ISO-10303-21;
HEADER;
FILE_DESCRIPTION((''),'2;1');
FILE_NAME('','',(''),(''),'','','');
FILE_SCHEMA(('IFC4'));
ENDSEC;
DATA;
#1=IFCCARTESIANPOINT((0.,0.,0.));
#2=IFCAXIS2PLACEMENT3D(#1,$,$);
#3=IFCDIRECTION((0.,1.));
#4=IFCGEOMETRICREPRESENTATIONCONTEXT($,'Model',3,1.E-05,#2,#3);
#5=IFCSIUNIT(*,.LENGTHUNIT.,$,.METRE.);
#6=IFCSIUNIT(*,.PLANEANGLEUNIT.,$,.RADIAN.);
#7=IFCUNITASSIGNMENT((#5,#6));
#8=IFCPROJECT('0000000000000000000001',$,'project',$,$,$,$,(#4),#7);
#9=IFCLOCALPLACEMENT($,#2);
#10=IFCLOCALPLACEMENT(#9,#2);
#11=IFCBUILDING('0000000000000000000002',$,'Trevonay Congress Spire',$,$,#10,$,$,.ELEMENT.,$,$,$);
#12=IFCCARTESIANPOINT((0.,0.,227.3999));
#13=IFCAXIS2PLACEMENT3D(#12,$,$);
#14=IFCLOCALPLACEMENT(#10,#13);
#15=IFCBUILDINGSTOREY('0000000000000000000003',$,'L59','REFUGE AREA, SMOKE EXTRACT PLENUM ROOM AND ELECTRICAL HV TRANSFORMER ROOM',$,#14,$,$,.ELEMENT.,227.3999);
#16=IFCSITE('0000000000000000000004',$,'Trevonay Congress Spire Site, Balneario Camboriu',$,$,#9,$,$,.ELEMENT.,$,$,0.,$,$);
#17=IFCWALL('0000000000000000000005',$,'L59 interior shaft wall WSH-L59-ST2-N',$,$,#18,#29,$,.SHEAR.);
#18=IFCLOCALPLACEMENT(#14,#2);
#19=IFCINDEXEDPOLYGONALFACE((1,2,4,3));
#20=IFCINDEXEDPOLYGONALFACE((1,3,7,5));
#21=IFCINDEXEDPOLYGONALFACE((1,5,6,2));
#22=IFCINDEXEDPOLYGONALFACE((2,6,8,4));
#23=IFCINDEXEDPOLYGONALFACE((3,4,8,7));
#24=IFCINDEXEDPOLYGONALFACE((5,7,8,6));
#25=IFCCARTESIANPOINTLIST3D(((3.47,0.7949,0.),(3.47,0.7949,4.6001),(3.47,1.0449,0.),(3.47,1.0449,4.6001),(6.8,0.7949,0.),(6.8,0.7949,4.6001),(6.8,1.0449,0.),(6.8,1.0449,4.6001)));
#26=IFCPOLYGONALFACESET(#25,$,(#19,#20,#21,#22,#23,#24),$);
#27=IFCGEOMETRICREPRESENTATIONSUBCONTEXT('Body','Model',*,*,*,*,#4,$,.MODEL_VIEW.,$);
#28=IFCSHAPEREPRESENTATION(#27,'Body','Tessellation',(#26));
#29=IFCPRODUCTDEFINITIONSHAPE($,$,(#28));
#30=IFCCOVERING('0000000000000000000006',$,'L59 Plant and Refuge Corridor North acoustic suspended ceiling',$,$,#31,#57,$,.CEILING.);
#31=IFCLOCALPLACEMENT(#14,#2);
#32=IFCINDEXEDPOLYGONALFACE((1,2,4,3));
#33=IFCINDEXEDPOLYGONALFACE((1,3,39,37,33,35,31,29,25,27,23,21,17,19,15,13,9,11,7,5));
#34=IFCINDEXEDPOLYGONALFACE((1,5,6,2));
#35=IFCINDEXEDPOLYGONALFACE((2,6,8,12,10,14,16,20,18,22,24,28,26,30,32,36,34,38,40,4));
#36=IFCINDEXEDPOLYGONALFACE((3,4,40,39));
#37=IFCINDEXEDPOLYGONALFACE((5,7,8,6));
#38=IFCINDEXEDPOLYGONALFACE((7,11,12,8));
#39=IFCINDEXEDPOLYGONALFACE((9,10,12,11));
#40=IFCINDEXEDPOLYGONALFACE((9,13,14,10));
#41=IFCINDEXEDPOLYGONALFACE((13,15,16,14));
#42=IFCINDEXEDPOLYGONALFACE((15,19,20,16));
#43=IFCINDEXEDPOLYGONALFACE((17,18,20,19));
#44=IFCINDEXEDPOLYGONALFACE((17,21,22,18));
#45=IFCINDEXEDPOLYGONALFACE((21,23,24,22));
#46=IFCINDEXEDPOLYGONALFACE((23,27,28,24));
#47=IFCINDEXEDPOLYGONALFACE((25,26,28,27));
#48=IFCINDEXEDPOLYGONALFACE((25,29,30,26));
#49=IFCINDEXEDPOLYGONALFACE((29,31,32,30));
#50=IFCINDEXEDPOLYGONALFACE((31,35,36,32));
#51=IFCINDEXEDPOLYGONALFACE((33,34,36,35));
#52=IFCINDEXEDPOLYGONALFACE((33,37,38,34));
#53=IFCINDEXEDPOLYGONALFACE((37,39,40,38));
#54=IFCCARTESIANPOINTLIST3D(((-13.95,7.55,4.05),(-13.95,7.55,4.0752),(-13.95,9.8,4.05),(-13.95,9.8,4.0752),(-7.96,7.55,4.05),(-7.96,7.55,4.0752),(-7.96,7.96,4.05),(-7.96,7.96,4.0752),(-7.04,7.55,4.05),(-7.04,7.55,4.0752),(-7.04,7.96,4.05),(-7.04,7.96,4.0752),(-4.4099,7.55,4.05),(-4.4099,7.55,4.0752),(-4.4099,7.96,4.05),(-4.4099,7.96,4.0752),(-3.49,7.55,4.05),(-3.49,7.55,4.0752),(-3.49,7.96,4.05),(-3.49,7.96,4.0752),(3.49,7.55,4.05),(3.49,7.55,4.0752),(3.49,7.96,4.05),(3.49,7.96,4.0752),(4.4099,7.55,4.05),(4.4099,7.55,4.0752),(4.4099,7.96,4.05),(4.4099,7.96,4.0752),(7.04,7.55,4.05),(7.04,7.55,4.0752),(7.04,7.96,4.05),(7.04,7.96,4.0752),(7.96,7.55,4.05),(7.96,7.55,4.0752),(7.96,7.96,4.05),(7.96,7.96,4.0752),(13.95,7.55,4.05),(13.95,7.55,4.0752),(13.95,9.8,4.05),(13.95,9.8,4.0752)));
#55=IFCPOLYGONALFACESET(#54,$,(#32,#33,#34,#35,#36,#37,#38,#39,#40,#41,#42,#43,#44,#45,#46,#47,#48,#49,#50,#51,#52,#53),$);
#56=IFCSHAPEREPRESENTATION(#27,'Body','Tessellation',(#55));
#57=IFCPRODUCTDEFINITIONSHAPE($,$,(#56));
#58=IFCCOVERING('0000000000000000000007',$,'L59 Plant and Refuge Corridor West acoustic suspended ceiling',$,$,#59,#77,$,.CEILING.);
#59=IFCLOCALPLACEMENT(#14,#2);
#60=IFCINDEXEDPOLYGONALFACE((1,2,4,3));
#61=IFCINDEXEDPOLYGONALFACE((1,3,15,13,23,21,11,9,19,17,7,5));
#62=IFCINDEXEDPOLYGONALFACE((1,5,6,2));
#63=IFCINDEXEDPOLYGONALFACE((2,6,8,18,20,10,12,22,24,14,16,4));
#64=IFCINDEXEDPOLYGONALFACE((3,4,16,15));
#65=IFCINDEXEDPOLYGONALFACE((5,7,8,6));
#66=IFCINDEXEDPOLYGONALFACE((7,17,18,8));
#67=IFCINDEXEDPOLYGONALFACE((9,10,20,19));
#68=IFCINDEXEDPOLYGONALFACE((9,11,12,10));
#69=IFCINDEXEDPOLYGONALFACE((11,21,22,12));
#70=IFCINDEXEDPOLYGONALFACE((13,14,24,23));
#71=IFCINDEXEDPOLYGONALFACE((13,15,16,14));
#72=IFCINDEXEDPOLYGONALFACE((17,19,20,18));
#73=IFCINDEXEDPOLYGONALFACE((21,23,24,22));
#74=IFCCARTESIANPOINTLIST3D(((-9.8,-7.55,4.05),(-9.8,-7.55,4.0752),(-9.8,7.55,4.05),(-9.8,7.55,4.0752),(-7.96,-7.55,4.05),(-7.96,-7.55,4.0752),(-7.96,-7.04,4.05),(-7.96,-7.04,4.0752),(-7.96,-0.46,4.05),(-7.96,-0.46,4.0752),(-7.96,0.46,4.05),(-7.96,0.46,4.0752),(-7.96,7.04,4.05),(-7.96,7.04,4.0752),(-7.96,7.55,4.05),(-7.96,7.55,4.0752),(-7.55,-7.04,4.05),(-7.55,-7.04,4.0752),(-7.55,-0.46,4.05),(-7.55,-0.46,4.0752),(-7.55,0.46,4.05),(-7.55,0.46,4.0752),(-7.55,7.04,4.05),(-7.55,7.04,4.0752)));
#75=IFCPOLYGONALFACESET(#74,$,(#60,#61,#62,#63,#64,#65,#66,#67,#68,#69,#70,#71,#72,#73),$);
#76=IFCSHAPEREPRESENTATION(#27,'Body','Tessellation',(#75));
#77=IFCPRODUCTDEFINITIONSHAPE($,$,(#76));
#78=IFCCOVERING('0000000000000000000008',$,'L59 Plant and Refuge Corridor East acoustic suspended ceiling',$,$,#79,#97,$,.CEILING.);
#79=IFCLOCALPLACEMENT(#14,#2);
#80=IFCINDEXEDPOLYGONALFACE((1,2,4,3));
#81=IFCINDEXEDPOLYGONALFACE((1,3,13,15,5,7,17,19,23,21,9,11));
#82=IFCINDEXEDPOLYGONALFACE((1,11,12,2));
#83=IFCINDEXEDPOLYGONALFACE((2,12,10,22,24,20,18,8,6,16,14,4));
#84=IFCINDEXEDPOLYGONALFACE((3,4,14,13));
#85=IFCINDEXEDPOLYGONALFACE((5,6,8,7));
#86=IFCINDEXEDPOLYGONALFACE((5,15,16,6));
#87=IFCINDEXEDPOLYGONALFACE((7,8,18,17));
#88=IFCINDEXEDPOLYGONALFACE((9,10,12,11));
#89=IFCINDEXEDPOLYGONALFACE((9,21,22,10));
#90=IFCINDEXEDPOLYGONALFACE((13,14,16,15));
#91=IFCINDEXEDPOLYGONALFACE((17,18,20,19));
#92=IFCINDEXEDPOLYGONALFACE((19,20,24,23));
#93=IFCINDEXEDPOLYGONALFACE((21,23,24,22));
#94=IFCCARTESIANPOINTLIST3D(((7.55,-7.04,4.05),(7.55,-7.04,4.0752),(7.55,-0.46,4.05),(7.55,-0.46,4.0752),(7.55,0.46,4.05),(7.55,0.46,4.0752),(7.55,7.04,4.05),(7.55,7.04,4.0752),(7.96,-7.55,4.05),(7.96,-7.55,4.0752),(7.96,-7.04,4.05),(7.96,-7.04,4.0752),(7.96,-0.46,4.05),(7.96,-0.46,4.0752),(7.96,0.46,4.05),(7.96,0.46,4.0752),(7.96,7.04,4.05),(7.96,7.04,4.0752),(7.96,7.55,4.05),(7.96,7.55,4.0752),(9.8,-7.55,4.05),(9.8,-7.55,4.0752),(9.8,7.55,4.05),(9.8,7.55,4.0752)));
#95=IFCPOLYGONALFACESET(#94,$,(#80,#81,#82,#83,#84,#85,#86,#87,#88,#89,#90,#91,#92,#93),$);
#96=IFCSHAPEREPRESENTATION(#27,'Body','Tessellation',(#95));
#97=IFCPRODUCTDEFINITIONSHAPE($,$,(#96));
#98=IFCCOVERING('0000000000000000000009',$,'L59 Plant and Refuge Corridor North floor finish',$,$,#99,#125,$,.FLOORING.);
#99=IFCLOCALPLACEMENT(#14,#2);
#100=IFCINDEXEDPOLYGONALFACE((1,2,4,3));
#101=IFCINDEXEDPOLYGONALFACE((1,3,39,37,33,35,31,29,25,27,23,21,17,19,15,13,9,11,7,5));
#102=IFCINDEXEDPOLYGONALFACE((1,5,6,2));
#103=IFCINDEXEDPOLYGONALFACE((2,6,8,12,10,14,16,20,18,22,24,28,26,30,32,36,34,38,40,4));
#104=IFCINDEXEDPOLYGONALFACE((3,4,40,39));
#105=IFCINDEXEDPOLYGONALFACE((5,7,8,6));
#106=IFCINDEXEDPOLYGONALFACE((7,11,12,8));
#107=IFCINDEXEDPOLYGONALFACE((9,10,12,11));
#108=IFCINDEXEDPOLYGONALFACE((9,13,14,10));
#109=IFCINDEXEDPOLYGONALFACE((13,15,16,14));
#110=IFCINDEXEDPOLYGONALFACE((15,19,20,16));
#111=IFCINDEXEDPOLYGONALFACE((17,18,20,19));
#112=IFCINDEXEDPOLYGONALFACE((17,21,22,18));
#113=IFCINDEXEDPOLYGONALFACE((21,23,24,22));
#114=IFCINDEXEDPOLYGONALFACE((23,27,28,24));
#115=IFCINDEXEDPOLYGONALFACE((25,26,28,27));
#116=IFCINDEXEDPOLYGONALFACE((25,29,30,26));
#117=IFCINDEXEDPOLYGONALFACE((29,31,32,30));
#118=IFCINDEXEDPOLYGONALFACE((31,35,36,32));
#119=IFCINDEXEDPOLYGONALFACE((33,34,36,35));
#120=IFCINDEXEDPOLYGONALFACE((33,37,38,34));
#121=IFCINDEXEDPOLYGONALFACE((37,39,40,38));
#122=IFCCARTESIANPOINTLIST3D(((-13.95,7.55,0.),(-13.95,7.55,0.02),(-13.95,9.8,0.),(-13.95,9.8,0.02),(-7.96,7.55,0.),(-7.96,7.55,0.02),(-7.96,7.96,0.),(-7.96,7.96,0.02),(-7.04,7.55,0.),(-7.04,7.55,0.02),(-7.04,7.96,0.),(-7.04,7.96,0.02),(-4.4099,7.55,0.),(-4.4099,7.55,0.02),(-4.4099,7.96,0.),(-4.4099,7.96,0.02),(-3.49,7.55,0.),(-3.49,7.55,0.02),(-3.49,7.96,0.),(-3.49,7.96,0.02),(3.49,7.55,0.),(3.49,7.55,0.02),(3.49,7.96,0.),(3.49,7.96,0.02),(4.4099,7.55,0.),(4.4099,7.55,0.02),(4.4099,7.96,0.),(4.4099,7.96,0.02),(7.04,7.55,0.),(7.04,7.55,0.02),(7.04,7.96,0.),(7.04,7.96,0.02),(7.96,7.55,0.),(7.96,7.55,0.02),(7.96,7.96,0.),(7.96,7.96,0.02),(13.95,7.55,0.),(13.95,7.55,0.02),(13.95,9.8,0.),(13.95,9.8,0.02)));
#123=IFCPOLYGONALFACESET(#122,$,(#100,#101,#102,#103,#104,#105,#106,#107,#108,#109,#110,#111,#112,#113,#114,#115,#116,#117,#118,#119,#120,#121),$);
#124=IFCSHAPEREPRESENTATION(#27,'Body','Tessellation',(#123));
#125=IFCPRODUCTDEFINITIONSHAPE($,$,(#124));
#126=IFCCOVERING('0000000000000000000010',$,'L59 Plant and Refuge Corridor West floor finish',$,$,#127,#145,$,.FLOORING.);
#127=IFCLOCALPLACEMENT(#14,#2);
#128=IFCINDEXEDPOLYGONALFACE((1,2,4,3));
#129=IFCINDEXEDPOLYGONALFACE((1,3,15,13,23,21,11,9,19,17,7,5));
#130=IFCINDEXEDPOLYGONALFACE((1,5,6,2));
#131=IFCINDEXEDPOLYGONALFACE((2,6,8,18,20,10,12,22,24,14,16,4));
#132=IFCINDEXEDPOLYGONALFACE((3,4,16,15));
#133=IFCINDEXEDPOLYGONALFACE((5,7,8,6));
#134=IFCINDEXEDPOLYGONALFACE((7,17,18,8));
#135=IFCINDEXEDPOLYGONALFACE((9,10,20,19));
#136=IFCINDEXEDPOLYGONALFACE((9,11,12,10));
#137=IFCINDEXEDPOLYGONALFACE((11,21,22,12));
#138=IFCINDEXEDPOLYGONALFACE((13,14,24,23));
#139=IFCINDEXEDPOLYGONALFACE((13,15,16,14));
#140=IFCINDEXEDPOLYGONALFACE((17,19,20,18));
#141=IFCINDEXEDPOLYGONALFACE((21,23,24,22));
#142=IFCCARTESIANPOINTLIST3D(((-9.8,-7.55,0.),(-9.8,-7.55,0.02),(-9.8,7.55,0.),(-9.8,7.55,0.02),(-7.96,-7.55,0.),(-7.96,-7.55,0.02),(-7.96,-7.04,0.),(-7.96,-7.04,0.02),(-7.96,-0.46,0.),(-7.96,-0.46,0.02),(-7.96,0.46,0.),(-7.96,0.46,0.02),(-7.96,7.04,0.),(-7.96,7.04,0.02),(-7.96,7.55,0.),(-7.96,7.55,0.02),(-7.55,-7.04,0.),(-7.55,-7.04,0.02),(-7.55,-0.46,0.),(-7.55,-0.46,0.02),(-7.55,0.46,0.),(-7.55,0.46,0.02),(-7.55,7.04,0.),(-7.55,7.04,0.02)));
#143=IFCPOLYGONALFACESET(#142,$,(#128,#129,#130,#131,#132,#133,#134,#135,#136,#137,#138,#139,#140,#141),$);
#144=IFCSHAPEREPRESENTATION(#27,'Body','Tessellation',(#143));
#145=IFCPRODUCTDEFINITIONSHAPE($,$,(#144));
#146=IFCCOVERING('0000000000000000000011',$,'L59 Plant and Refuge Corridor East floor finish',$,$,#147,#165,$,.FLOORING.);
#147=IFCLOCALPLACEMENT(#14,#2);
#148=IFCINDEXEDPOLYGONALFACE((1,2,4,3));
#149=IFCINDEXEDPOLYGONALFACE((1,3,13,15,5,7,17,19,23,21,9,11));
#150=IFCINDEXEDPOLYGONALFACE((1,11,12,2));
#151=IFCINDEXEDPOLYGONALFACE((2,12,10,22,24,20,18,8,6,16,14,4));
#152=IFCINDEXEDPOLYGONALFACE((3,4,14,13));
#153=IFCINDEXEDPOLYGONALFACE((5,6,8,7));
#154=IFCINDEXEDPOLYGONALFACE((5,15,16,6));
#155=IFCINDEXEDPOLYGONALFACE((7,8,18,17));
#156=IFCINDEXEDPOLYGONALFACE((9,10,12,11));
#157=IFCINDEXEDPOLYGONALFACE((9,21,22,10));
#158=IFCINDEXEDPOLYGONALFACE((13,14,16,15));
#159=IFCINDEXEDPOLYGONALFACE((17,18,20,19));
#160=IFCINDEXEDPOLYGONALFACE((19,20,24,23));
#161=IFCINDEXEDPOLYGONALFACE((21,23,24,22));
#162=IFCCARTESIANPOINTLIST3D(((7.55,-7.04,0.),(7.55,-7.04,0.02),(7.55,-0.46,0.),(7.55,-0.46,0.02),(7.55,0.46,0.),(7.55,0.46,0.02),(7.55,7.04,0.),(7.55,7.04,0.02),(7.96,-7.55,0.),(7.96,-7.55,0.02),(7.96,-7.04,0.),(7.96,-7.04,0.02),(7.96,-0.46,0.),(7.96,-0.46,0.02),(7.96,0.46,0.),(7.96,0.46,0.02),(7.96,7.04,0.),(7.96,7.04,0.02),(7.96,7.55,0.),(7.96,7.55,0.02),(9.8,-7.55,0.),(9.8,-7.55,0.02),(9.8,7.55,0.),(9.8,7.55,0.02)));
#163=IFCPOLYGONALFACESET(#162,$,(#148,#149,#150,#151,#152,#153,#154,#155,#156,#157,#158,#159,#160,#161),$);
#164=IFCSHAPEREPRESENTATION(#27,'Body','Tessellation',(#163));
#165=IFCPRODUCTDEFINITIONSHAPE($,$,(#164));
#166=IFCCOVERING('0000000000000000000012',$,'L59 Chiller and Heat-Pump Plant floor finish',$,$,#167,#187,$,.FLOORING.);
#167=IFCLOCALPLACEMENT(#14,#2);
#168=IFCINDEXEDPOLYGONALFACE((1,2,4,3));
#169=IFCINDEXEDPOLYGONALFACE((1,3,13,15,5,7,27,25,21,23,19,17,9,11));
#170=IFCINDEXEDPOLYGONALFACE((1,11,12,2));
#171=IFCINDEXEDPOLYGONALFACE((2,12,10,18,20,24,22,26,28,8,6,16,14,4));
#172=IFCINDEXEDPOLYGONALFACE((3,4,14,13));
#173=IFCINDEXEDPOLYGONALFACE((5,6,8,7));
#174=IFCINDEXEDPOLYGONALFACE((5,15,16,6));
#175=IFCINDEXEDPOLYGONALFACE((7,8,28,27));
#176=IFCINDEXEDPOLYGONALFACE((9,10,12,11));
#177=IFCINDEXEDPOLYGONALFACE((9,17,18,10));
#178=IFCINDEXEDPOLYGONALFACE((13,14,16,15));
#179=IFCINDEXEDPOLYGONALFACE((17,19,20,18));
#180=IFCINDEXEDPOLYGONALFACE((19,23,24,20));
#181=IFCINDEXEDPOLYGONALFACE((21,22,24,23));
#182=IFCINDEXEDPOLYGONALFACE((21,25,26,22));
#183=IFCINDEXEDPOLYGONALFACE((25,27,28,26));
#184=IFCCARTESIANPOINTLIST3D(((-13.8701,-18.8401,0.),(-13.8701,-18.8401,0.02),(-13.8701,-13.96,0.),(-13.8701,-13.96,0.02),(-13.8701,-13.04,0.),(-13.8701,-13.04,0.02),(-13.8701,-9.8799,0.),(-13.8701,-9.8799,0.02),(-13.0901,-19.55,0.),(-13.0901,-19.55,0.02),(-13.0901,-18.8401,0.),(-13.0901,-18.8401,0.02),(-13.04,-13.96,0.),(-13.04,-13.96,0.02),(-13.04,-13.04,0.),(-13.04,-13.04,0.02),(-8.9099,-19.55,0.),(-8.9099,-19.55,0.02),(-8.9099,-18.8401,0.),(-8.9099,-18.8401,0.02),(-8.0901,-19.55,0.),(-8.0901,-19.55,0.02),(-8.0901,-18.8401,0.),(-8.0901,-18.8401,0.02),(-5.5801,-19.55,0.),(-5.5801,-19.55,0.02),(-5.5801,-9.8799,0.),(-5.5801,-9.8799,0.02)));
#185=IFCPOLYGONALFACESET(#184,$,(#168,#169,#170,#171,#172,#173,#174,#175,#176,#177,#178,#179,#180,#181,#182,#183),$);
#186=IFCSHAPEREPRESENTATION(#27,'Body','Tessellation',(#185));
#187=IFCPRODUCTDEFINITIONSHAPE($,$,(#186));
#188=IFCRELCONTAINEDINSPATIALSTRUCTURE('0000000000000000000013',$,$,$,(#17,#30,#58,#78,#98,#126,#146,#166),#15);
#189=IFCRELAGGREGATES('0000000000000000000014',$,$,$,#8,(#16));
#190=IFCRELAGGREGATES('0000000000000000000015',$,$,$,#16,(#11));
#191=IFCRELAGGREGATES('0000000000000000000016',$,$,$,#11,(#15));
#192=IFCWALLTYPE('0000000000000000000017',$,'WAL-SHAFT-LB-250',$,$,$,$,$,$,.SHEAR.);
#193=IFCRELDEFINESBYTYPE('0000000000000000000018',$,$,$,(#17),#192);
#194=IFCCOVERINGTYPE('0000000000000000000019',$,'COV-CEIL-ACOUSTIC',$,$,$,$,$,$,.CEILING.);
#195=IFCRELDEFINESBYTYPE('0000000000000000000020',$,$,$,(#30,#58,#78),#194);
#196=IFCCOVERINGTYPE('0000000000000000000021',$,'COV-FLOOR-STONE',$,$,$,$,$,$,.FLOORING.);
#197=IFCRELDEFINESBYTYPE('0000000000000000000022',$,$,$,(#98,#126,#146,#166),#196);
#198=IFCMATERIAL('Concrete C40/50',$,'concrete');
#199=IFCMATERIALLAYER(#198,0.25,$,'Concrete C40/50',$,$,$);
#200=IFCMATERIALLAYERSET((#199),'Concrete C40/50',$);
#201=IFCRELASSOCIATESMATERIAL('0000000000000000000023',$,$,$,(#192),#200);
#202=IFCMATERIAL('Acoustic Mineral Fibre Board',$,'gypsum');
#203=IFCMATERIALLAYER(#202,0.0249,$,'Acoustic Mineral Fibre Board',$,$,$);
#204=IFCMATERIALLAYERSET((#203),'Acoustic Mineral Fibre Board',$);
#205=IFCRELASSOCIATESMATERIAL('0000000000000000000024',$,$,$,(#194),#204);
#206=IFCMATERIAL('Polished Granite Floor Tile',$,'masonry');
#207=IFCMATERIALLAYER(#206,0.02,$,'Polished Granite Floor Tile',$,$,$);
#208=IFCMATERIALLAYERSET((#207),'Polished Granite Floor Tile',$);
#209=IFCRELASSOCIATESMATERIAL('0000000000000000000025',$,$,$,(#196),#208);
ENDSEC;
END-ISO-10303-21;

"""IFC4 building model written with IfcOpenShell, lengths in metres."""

from ifc_helpers import new_model, si_unit, direction, frame, frame_2d, origin, place, context, subcontext, project, spatial, polyline, rectangle, outline, extrude, material, layer, layer_set, type_object, element, save


model = new_model("IFC4")

# Units and contexts
model_context = context("Model", 3, precision=1e-05, world=origin(), true_north=direction((0.0, 1.0)))
body_context = subcontext(model_context, "Body", "Model", "MODEL_VIEW")
ifc_project = project(units=[si_unit("LENGTHUNIT", "METRE"), si_unit("PLANEANGLEUNIT", "RADIAN")], contexts=[model_context])

# Site, building, storey
site_placement = place(None, origin())
site = spatial("IfcSite", under=ifc_project, at=site_placement, Name="Trevonay Congress Spire Site, Balneario Camboriu", CompositionType="ELEMENT", RefElevation=0.0)
building_placement = place(site_placement, origin())
building = spatial("IfcBuilding", under=site, at=building_placement, Name="Trevonay Congress Spire", CompositionType="ELEMENT")
storey_placement = place(building_placement, frame((0.0, 0.0, 227.3999)))
storey = spatial("IfcBuildingStorey", under=building, at=storey_placement, Name="L59", Description="REFUGE AREA, SMOKE EXTRACT PLENUM ROOM AND ELECTRICAL HV TRANSFORMER ROOM", CompositionType="ELEMENT", Elevation=227.3999)

# Wall
ifc_material_1 = material(Name="Concrete C40/50", Category="concrete")
ifc_layer_1 = layer(ifc_material_1, 0.25, Name="Concrete C40/50")
ifc_layer_set_1 = layer_set([ifc_layer_1], Name="Concrete C40/50")
wall_type_1 = type_object("IfcWallType", Name="WAL-SHAFT-LB-250", PredefinedType="SHEAR", material=ifc_layer_set_1)
wall_1_placement = place(storey_placement, frame((3.47, 0.9199, 0.0), z_axis=(0.0, 0.0, 1.0), x_axis=(1.0, 0.0, 0.0)))
element("IfcWall", 1, at=wall_1_placement, inside=storey, type_object=wall_type_1, Name="L59 interior shaft wall WSH-L59-ST2-N", PredefinedType="SHEAR", context=body_context, shape_type="SweptSolid", body=[
    extrude(rectangle(XDim=3.3301, YDim=0.25, at=frame_2d((1.665, 0.0))), origin(), (0.0, 0.0, 1.0), 4.6001),
])

# Coverings
ifc_material_2 = material(Name="Acoustic Mineral Fibre Board", Category="gypsum")
ifc_layer_2 = layer(ifc_material_2, 0.0249, Name="Acoustic Mineral Fibre Board")
ifc_layer_set_2 = layer_set([ifc_layer_2], Name="Acoustic Mineral Fibre Board")
covering_type_1 = type_object("IfcCoveringType", Name="COV-CEIL-ACOUSTIC", PredefinedType="CEILING", material=ifc_layer_set_2)
covering_1_placement = place(storey_placement, frame((0.0, 0.0, 4.05)))
element("IfcCovering", 2, at=covering_1_placement, inside=storey, type_object=covering_type_1, Name="L59 Plant and Refuge Corridor North acoustic suspended ceiling", PredefinedType="CEILING", context=body_context, shape_type="SweptSolid", body=[
    extrude(outline(polyline([(-13.95, 7.55), (-13.95, 9.8), (13.95, 9.8), (13.95, 7.55), (7.96, 7.55), (7.96, 7.96), (7.04, 7.96), (7.04, 7.55), (4.4099, 7.55), (4.4099, 7.96), (3.49, 7.96), (3.49, 7.55), (-3.49, 7.55), (-3.49, 7.96), (-4.4099, 7.96), (-4.4099, 7.55), (-7.04, 7.55), (-7.04, 7.96), (-7.96, 7.96), (-7.96, 7.55), (-13.95, 7.55)])), origin(), (0.0, 0.0, 1.0), 0.0251),
])
covering_2_placement = place(storey_placement, frame((0.0, 0.0, 4.05)))
element("IfcCovering", 3, at=covering_2_placement, inside=storey, type_object=covering_type_1, Name="L59 Plant and Refuge Corridor West acoustic suspended ceiling", PredefinedType="CEILING", context=body_context, shape_type="SweptSolid", body=[
    extrude(outline(polyline([(-9.8, 7.55), (-7.96, 7.55), (-7.96, 7.04), (-7.55, 7.04), (-7.55, 0.46), (-7.96, 0.46), (-7.96, -0.46), (-7.55, -0.46), (-7.55, -7.04), (-7.96, -7.04), (-7.96, -7.55), (-9.8, -7.55), (-9.8, 7.55)])), origin(), (0.0, 0.0, 1.0), 0.0251),
])
covering_3_placement = place(storey_placement, frame((0.0, 0.0, 4.05)))
element("IfcCovering", 4, at=covering_3_placement, inside=storey, type_object=covering_type_1, Name="L59 Plant and Refuge Corridor East acoustic suspended ceiling", PredefinedType="CEILING", context=body_context, shape_type="SweptSolid", body=[
    extrude(outline(polyline([(9.8, -7.55), (7.96, -7.55), (7.96, -7.04), (7.55, -7.04), (7.55, -0.46), (7.96, -0.46), (7.96, 0.46), (7.55, 0.46), (7.55, 7.04), (7.96, 7.04), (7.96, 7.55), (9.8, 7.55), (9.8, -7.55)])), origin(), (0.0, 0.0, 1.0), 0.0251),
])
ifc_material_3 = material(Name="Polished Granite Floor Tile", Category="masonry")
ifc_layer_3 = layer(ifc_material_3, 0.02, Name="Polished Granite Floor Tile")
ifc_layer_set_3 = layer_set([ifc_layer_3], Name="Polished Granite Floor Tile")
covering_type_2 = type_object("IfcCoveringType", Name="COV-FLOOR-STONE", PredefinedType="FLOORING", material=ifc_layer_set_3)
covering_4_placement = place(storey_placement, origin())
element("IfcCovering", 5, at=covering_4_placement, inside=storey, type_object=covering_type_2, Name="L59 Plant and Refuge Corridor North floor finish", PredefinedType="FLOORING", context=body_context, shape_type="SweptSolid", body=[
    extrude(outline(polyline([(-13.95, 7.55), (-13.95, 9.8), (13.95, 9.8), (13.95, 7.55), (7.96, 7.55), (7.96, 7.96), (7.04, 7.96), (7.04, 7.55), (4.4099, 7.55), (4.4099, 7.96), (3.49, 7.96), (3.49, 7.55), (-3.49, 7.55), (-3.49, 7.96), (-4.4099, 7.96), (-4.4099, 7.55), (-7.04, 7.55), (-7.04, 7.96), (-7.96, 7.96), (-7.96, 7.55), (-13.95, 7.55)])), origin(), (0.0, 0.0, 1.0), 0.02),
])
covering_5_placement = place(storey_placement, origin())
element("IfcCovering", 6, at=covering_5_placement, inside=storey, type_object=covering_type_2, Name="L59 Plant and Refuge Corridor West floor finish", PredefinedType="FLOORING", context=body_context, shape_type="SweptSolid", body=[
    extrude(outline(polyline([(-9.8, 7.55), (-7.96, 7.55), (-7.96, 7.04), (-7.55, 7.04), (-7.55, 0.46), (-7.96, 0.46), (-7.96, -0.46), (-7.55, -0.46), (-7.55, -7.04), (-7.96, -7.04), (-7.96, -7.55), (-9.8, -7.55), (-9.8, 7.55)])), origin(), (0.0, 0.0, 1.0), 0.02),
])
covering_6_placement = place(storey_placement, origin())
element("IfcCovering", 7, at=covering_6_placement, inside=storey, type_object=covering_type_2, Name="L59 Plant and Refuge Corridor East floor finish", PredefinedType="FLOORING", context=body_context, shape_type="SweptSolid", body=[
    extrude(outline(polyline([(9.8, -7.55), (7.96, -7.55), (7.96, -7.04), (7.55, -7.04), (7.55, -0.46), (7.96, -0.46), (7.96, 0.46), (7.55, 0.46), (7.55, 7.04), (7.96, 7.04), (7.96, 7.55), (9.8, 7.55), (9.8, -7.55)])), origin(), (0.0, 0.0, 1.0), 0.02),
])
covering_7_placement = place(storey_placement, origin())
element("IfcCovering", 8, at=covering_7_placement, inside=storey, type_object=covering_type_2, Name="L59 Chiller and Heat-Pump Plant floor finish", PredefinedType="FLOORING", context=body_context, shape_type="SweptSolid", body=[
    extrude(outline(polyline([(-13.0901, -19.55), (-13.0901, -18.8401), (-13.8701, -18.8401), (-13.8701, -13.96), (-13.04, -13.96), (-13.04, -13.04), (-13.8701, -13.04), (-13.8701, -9.8799), (-5.5801, -9.8799), (-5.5801, -19.55), (-8.0901, -19.55), (-8.0901, -18.8401), (-8.9099, -18.8401), (-8.9099, -19.55), (-13.0901, -19.55)])), origin(), (0.0, 0.0, 1.0), 0.02),
])

save(model, "model.ifc")
